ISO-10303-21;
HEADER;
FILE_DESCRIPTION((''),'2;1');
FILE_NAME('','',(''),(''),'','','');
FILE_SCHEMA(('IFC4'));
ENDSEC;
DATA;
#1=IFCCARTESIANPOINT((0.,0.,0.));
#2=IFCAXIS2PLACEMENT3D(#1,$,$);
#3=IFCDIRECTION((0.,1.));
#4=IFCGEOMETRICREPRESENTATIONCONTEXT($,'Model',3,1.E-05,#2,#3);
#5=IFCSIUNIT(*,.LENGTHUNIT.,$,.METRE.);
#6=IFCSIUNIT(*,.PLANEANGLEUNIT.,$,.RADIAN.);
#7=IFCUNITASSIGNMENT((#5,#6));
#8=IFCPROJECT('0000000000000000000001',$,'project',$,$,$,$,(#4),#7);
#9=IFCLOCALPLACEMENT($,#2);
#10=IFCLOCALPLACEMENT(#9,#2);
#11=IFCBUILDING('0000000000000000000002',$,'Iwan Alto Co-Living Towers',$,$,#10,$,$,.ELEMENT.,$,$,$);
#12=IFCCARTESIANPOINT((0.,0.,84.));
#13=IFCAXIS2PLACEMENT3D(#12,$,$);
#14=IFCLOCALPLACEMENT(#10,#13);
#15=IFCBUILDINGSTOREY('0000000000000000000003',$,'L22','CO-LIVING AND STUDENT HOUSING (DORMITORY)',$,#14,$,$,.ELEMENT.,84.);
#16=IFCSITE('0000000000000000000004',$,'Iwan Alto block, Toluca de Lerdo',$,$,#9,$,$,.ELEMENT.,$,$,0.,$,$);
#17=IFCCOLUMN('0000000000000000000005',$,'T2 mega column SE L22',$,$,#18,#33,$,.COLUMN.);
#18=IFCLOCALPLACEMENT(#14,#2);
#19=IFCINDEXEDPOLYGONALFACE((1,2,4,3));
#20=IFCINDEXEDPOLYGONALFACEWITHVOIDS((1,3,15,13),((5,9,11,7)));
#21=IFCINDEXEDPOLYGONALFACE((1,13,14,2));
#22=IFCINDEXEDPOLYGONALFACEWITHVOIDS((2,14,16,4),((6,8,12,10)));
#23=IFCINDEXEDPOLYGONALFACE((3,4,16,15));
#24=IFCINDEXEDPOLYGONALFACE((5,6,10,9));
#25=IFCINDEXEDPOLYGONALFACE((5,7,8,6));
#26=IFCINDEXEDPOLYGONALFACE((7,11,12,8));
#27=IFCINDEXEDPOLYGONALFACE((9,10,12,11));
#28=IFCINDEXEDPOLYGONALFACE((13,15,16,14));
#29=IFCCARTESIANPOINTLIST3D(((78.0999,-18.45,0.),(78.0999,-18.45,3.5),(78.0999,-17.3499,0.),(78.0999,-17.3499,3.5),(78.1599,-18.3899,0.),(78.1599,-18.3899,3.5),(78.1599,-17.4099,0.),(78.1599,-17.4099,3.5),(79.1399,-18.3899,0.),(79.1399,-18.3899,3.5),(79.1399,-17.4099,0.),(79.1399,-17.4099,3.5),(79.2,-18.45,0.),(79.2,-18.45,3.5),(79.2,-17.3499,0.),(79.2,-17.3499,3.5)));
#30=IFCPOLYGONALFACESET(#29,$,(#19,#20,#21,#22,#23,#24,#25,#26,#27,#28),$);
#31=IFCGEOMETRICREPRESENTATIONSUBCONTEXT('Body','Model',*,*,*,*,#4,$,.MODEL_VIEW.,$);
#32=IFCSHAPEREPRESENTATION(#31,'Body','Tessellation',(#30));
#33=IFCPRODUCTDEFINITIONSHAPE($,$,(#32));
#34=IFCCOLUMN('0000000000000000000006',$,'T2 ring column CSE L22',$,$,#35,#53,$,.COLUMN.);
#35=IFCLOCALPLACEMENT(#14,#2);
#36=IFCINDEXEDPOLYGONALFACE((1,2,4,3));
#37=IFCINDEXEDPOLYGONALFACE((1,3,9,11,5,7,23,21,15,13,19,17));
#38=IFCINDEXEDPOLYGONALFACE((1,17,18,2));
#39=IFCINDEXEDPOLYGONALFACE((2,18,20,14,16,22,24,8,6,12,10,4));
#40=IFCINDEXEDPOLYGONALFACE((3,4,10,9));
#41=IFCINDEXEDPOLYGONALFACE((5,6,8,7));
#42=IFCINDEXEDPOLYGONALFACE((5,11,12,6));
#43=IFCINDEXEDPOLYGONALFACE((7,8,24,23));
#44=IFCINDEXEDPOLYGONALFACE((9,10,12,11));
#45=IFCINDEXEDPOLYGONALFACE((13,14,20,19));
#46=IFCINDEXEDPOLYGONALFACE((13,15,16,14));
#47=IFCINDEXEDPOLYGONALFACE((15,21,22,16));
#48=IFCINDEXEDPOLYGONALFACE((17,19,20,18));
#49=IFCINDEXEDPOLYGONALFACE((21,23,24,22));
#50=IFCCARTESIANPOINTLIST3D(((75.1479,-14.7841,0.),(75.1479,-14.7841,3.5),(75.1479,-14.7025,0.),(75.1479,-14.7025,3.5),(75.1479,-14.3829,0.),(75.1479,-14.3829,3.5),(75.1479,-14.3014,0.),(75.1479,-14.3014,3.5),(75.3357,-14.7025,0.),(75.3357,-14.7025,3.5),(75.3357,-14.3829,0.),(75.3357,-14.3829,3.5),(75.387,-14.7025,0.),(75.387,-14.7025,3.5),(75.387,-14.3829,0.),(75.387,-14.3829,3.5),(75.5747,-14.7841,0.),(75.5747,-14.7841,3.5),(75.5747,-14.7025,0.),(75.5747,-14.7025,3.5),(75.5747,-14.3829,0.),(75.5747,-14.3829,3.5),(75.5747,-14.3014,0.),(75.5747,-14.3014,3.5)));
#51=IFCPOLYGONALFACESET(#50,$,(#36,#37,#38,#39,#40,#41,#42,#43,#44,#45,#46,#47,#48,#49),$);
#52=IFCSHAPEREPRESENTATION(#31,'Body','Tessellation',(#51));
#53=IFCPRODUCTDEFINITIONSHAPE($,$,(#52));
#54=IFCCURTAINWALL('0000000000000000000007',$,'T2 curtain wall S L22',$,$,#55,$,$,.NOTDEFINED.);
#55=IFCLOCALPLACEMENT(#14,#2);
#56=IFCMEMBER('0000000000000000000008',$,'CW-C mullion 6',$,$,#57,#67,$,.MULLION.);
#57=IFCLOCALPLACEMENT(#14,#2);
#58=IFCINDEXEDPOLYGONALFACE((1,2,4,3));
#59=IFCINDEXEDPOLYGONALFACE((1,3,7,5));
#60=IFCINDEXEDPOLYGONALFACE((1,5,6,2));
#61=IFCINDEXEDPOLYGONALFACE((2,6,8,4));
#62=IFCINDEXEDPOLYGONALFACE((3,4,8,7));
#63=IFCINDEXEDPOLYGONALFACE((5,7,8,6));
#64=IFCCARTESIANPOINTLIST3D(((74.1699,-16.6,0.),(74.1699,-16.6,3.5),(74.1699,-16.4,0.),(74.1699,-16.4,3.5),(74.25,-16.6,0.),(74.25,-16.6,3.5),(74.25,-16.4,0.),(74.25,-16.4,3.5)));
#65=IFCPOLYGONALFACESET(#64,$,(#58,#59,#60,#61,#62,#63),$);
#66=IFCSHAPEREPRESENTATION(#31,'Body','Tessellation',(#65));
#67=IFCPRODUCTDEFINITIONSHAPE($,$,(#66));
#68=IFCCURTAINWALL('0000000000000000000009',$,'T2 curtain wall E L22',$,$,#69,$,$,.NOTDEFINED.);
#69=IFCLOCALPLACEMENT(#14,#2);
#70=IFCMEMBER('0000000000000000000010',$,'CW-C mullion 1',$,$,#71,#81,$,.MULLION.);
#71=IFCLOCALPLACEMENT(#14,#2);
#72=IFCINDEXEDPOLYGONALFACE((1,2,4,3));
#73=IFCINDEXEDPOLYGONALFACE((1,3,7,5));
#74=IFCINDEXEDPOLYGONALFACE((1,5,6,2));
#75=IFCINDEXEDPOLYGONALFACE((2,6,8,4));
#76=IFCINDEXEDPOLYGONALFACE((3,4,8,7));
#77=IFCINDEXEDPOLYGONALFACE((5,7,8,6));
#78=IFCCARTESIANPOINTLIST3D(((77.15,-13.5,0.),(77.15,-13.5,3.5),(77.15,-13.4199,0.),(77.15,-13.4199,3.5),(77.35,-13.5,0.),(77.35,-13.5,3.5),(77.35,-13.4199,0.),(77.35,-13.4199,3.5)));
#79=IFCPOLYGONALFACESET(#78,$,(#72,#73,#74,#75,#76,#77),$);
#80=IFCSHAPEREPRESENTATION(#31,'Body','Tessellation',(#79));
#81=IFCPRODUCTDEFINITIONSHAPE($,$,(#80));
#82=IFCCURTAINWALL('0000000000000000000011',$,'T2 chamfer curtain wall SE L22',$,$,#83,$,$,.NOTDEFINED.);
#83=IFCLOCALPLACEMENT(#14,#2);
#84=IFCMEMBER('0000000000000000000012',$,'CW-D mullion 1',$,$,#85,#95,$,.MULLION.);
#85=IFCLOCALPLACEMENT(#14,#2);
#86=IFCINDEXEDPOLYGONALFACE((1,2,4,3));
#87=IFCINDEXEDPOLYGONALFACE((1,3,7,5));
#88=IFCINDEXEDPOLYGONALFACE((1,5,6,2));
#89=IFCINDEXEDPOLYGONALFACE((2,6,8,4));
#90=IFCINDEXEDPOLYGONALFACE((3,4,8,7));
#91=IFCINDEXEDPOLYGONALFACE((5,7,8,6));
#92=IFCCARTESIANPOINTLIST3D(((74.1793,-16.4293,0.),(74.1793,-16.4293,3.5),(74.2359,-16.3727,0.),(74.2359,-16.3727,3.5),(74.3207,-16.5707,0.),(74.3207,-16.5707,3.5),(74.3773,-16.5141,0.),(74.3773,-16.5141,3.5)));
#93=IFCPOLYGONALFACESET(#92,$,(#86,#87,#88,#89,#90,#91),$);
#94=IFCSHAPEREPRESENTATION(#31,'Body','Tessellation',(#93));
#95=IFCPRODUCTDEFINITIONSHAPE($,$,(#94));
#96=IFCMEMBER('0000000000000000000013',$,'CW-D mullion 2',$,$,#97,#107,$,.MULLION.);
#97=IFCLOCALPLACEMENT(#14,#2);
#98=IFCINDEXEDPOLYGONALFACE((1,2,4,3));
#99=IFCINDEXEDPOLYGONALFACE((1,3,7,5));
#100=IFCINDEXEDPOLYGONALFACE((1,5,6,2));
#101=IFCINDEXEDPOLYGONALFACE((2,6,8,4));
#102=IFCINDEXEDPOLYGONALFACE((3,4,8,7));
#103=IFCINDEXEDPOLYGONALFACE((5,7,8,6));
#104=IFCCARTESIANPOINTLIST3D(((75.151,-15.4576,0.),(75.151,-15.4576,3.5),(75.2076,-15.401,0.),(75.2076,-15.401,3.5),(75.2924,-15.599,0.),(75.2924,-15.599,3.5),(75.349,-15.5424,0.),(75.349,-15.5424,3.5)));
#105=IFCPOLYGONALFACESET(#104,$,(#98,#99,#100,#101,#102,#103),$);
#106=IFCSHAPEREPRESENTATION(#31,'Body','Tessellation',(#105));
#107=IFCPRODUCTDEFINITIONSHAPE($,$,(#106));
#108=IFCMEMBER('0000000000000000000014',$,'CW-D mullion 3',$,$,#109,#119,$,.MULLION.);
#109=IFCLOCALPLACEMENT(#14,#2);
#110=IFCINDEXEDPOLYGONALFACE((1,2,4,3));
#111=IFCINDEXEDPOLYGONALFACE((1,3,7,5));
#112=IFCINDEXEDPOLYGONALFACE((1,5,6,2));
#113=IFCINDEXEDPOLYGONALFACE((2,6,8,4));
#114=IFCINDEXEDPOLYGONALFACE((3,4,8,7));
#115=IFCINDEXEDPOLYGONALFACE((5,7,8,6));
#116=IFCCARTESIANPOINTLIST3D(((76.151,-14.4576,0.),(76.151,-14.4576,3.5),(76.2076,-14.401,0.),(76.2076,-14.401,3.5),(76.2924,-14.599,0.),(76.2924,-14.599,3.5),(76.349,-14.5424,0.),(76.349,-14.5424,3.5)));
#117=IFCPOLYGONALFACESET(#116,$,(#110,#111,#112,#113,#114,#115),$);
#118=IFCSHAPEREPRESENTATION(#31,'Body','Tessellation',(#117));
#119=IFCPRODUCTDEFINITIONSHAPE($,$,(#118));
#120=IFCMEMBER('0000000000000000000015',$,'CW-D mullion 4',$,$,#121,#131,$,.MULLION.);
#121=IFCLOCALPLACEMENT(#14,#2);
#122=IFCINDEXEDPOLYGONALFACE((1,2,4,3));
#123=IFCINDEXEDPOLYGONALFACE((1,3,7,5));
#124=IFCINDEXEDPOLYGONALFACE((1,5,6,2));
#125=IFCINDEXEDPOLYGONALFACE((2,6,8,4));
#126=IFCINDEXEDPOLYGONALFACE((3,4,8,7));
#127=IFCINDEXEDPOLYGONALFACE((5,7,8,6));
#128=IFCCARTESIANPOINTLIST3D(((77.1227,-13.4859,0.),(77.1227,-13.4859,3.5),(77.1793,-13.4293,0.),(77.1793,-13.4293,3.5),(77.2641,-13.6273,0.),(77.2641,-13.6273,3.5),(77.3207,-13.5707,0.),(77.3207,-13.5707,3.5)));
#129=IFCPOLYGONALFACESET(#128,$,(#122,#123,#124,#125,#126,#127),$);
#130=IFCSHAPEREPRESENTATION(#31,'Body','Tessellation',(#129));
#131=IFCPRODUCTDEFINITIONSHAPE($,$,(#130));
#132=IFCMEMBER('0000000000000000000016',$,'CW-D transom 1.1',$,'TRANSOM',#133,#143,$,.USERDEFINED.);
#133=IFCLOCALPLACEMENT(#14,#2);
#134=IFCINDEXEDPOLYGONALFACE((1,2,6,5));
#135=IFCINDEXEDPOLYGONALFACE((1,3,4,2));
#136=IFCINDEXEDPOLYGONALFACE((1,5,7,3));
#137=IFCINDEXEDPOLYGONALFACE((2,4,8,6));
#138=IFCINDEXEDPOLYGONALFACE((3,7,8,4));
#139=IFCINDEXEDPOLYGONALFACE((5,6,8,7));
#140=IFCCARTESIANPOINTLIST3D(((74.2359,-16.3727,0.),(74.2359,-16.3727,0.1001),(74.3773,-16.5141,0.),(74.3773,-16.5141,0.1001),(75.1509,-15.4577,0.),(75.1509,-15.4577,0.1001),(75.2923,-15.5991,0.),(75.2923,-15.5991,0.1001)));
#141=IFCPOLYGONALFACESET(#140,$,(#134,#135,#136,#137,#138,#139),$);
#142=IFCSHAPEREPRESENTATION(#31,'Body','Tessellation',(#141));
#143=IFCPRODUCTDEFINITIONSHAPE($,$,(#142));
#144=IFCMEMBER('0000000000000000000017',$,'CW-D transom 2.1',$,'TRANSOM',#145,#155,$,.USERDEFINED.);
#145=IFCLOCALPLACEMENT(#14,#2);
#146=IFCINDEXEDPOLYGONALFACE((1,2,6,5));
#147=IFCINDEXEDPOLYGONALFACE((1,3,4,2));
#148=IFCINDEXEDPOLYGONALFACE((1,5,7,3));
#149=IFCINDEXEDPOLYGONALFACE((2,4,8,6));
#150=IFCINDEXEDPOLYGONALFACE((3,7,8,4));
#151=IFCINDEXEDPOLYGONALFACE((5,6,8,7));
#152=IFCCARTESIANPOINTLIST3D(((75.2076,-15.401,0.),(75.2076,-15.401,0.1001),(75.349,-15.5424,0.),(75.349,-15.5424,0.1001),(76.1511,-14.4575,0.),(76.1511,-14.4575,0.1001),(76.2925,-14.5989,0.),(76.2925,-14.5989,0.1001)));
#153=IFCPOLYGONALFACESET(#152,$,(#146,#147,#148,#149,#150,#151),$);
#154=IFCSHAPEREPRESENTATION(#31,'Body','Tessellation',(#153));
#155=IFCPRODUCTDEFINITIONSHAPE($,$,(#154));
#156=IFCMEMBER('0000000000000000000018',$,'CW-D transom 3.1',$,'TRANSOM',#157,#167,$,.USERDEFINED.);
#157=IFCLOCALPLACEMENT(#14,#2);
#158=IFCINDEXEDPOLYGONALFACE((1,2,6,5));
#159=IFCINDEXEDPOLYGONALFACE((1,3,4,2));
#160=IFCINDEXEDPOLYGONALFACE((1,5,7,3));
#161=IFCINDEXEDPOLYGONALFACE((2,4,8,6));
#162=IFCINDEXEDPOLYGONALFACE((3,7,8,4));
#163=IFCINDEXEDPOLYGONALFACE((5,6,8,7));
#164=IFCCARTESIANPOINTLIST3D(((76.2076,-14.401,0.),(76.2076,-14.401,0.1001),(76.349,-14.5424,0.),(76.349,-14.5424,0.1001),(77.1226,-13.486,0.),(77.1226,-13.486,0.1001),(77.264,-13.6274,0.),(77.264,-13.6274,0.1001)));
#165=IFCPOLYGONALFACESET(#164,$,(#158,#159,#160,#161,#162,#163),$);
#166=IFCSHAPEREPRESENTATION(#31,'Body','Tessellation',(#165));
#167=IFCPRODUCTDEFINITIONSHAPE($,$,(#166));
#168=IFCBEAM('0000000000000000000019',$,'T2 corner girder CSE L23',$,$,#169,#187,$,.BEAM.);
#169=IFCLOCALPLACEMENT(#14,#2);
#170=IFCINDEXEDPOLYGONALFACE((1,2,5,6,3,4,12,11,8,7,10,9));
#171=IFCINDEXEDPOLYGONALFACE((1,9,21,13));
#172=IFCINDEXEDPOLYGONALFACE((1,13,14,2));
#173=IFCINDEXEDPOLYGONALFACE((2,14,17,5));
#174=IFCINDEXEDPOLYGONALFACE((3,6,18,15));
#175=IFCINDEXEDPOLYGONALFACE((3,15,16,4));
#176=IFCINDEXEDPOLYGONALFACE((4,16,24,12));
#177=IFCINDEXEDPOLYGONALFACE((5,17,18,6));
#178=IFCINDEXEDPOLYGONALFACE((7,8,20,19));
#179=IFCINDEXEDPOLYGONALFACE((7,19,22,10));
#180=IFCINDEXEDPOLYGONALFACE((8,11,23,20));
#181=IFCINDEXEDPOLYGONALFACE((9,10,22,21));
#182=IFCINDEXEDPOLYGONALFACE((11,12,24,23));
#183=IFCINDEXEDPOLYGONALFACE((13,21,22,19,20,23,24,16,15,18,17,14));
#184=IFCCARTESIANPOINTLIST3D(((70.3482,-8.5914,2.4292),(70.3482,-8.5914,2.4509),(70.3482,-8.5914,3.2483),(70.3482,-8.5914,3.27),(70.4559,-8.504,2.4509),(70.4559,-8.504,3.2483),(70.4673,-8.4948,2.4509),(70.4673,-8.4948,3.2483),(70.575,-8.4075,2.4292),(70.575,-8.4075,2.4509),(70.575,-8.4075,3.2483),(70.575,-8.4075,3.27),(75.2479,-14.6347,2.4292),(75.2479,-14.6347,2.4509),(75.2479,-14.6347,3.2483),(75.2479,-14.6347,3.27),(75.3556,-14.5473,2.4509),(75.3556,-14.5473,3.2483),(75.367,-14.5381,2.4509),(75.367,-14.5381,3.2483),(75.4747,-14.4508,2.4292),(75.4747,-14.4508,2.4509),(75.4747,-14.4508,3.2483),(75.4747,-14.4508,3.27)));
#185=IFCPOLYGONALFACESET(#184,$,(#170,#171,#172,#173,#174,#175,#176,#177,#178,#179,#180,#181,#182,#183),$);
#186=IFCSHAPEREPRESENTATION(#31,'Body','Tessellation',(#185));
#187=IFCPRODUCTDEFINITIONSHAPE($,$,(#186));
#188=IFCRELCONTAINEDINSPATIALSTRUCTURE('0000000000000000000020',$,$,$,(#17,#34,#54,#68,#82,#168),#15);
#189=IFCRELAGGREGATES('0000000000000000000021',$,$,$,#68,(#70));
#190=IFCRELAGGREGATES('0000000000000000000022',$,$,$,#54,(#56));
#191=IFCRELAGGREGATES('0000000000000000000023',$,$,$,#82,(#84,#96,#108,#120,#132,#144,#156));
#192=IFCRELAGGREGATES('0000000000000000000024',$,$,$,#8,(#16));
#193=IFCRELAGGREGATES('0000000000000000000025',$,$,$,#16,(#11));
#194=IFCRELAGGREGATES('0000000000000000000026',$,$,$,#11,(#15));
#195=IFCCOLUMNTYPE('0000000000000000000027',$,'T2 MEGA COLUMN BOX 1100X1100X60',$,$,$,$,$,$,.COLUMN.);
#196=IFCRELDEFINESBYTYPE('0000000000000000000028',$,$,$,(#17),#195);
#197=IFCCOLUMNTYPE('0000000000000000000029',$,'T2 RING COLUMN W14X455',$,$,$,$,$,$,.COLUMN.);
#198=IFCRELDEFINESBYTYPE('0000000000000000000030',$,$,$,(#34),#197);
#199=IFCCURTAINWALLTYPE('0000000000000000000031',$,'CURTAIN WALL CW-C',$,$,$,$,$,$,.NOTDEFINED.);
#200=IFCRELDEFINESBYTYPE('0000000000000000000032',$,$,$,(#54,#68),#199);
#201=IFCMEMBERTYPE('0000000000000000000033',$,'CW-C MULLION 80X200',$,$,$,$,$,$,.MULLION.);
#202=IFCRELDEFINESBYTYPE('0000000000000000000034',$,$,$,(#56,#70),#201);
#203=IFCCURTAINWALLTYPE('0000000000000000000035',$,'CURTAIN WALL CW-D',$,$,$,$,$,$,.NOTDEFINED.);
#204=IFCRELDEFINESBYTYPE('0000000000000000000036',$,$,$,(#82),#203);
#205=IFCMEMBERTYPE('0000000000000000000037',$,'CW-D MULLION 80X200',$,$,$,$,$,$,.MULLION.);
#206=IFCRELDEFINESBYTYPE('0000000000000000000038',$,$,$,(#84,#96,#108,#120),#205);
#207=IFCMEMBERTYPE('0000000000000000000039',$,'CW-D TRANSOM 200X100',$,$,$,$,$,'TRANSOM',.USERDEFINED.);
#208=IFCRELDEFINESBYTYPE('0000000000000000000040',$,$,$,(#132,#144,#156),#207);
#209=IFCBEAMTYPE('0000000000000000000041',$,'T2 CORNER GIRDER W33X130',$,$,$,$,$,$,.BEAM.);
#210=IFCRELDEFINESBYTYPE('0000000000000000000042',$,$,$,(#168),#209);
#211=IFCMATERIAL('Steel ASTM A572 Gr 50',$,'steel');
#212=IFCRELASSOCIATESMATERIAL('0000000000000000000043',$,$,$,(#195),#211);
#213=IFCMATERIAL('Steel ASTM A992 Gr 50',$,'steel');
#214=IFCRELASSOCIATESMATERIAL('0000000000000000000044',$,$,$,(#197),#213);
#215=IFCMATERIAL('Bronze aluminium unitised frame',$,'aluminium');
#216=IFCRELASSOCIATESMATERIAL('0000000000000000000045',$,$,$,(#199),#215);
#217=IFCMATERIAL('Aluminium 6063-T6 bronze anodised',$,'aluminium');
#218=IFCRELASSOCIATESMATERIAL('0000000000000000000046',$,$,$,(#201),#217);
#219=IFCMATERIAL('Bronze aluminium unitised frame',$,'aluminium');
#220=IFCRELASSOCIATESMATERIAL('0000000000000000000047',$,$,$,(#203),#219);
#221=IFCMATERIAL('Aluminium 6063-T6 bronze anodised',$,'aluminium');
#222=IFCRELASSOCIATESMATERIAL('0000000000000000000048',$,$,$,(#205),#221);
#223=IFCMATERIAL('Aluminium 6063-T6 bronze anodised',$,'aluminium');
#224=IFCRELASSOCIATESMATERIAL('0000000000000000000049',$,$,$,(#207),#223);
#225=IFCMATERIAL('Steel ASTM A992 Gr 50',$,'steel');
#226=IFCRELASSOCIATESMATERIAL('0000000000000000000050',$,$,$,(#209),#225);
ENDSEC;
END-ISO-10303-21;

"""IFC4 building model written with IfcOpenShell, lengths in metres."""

from ifc_helpers import new_model, si_unit, direction, frame, origin, origin_2d, place, context, subcontext, project, spatial, rectangle, hollow_rectangle, i_section, extrude, material, material_profile, profile_set, type_object, element, aggregate, save


model = new_model("IFC4")

# Units and contexts
model_context = context("Model", 3, precision=1e-05, world=origin(), true_north=direction((0.0, 1.0)))
body_context = subcontext(model_context, "Body", "Model", "MODEL_VIEW")
ifc_project = project(units=[si_unit("LENGTHUNIT", "METRE"), si_unit("PLANEANGLEUNIT", "RADIAN")], contexts=[model_context])

# Site, building, storey
site_placement = place(None, origin())
site = spatial("IfcSite", under=ifc_project, at=site_placement, Name="Iwan Alto block, Toluca de Lerdo", CompositionType="ELEMENT", RefElevation=0.0)
building_placement = place(site_placement, origin())
building = spatial("IfcBuilding", under=site, at=building_placement, Name="Iwan Alto Co-Living Towers", CompositionType="ELEMENT")
storey_placement = place(building_placement, frame((0.0, 0.0, 84.0)))
storey = spatial("IfcBuildingStorey", under=building, at=storey_placement, Name="L22", Description="CO-LIVING AND STUDENT HOUSING (DORMITORY)", CompositionType="ELEMENT", Elevation=84.0)

# Columns
ifc_material_1 = material(Name="Steel ASTM A572 Gr 50", Category="steel")
ifc_material_profile_1 = material_profile(ifc_material_1, hollow_rectangle(XDim=1.1001, YDim=1.1001, WallThickness=0.0601, at=origin_2d()), Name="BOX 1100X1100X60")
ifc_profile_set_1 = profile_set([ifc_material_profile_1], Name="Steel ASTM A572 Gr 50")
column_type_1 = type_object("IfcColumnType", Name="T2 MEGA COLUMN BOX 1100X1100X60", PredefinedType="COLUMN", material=ifc_profile_set_1)
column_1_placement = place(storey_placement, frame((78.6499, -17.8999, 0.0), z_axis=(0.0, 0.0, 1.0), x_axis=(1.0, 0.0, 0.0)))
element("IfcColumn", 1, at=column_1_placement, inside=storey, type_object=column_type_1, Name="T2 mega column SE L22", PredefinedType="COLUMN", context=body_context, shape_type="SweptSolid", body=[
    extrude(hollow_rectangle(XDim=1.1001, YDim=1.1001, WallThickness=0.0601, at=origin_2d()), origin(), (0.0, 0.0, 1.0), 3.5),
])
ifc_material_2 = material(Name="Steel ASTM A992 Gr 50", Category="steel")
ifc_material_profile_2 = material_profile(ifc_material_2, i_section(OverallWidth=0.4268, OverallDepth=0.4827, WebThickness=0.0513, FlangeThickness=0.0815, at=origin_2d()), Name="W14X455")
ifc_profile_set_2 = profile_set([ifc_material_profile_2], Name="Steel ASTM A992 Gr 50")
column_type_2 = type_object("IfcColumnType", Name="T2 RING COLUMN W14X455", PredefinedType="COLUMN", material=ifc_profile_set_2)
column_2_placement = place(storey_placement, frame((75.3613, -14.5427, 0.0), z_axis=(0.0, 0.0, 1.0), x_axis=(1.0, 0.0, 0.0)))
element("IfcColumn", 2, at=column_2_placement, inside=storey, type_object=column_type_2, Name="T2 ring column CSE L22", PredefinedType="COLUMN", context=body_context, shape_type="SweptSolid", body=[
    extrude(i_section(OverallWidth=0.4268, OverallDepth=0.4827, WebThickness=0.0513, FlangeThickness=0.0815, at=origin_2d()), origin(), (0.0, 0.0, 1.0), 3.5),
])

# Curtain walls, members
ifc_material_3 = material(Name="Bronze aluminium unitised frame", Category="aluminium")
curtain_wall_type_1 = type_object("IfcCurtainWallType", Name="CURTAIN WALL CW-C", PredefinedType="NOTDEFINED", material=ifc_material_3)
curtain_wall_1_placement = place(storey_placement, origin())
curtain_wall_1 = element("IfcCurtainWall", 3, at=curtain_wall_1_placement, inside=storey, type_object=curtain_wall_type_1, Name="T2 curtain wall S L22", PredefinedType="NOTDEFINED")
ifc_material_4 = material(Name="Aluminium 6063-T6 bronze anodised", Category="aluminium")
ifc_material_profile_3 = material_profile(ifc_material_4, rectangle(XDim=0.2, YDim=0.0801, at=origin_2d()), Name="AL 80X200")
ifc_profile_set_3 = profile_set([ifc_material_profile_3], Name="Aluminium 6063-T6 bronze anodised")
member_type_1 = type_object("IfcMemberType", Name="CW-C MULLION 80X200", PredefinedType="MULLION", material=ifc_profile_set_3)
member_1_placement = place(storey_placement, frame((74.21, -16.5, 0.0), z_axis=(0.0, 0.0, 1.0), x_axis=(0.0, 1.0, 0.0)))
member_1 = element("IfcMember", 4, at=member_1_placement, type_object=member_type_1, Name="CW-C mullion 6", PredefinedType="MULLION", context=body_context, shape_type="SweptSolid", body=[
    extrude(rectangle(XDim=0.2, YDim=0.0801, at=origin_2d()), origin(), (0.0, 0.0, 1.0), 3.5),
])
curtain_wall_2_placement = place(storey_placement, origin())
curtain_wall_2 = element("IfcCurtainWall", 5, at=curtain_wall_2_placement, inside=storey, type_object=curtain_wall_type_1, Name="T2 curtain wall E L22", PredefinedType="NOTDEFINED")
member_2_placement = place(storey_placement, frame((77.25, -13.46, 0.0), z_axis=(0.0, 0.0, 1.0), x_axis=(-1.0, 0.0, 0.0)))
member_2 = element("IfcMember", 6, at=member_2_placement, type_object=member_type_1, Name="CW-C mullion 1", PredefinedType="MULLION", context=body_context, shape_type="SweptSolid", body=[
    extrude(rectangle(XDim=0.2, YDim=0.0801, at=origin_2d()), origin(), (0.0, 0.0, 1.0), 3.5),
])
aggregate(curtain_wall_2, [member_2])

# Curtain wall, members
ifc_material_5 = material(Name="Bronze aluminium unitised frame", Category="aluminium")
curtain_wall_type_2 = type_object("IfcCurtainWallType", Name="CURTAIN WALL CW-D", PredefinedType="NOTDEFINED", material=ifc_material_5)
curtain_wall_3_placement = place(storey_placement, origin())
curtain_wall_3 = element("IfcCurtainWall", 7, at=curtain_wall_3_placement, inside=storey, type_object=curtain_wall_type_2, Name="T2 chamfer curtain wall SE L22", PredefinedType="NOTDEFINED")
ifc_material_6 = material(Name="Aluminium 6063-T6 bronze anodised", Category="aluminium")
ifc_material_profile_4 = material_profile(ifc_material_6, rectangle(XDim=0.2, YDim=0.0801, at=origin_2d()), Name="AL 80X200")
ifc_profile_set_4 = profile_set([ifc_material_profile_4], Name="Aluminium 6063-T6 bronze anodised")
member_type_2 = type_object("IfcMemberType", Name="CW-D MULLION 80X200", PredefinedType="MULLION", material=ifc_profile_set_4)
member_3_placement = place(storey_placement, frame((74.2783, -16.4717, 0.0), z_axis=(0.0, 0.0, 1.0), x_axis=(-0.707107, 0.707107, 0.0)))
member_3 = element("IfcMember", 8, at=member_3_placement, type_object=member_type_2, Name="CW-D mullion 1", PredefinedType="MULLION", context=body_context, shape_type="SweptSolid", body=[
    extrude(rectangle(XDim=0.2, YDim=0.0801, at=origin_2d()), origin(), (0.0, 0.0, 1.0), 3.5),
])
member_4_placement = place(storey_placement, frame((75.25, -15.5, 0.0), z_axis=(0.0, 0.0, 1.0), x_axis=(-0.707107, 0.707107, 0.0)))
member_4 = element("IfcMember", 9, at=member_4_placement, type_object=member_type_2, Name="CW-D mullion 2", PredefinedType="MULLION", context=body_context, shape_type="SweptSolid", body=[
    extrude(rectangle(XDim=0.2, YDim=0.0801, at=origin_2d()), origin(), (0.0, 0.0, 1.0), 3.5),
])
member_5_placement = place(storey_placement, frame((76.25, -14.5, 0.0), z_axis=(0.0, 0.0, 1.0), x_axis=(-0.707107, 0.707107, 0.0)))
member_5 = element("IfcMember", 10, at=member_5_placement, type_object=member_type_2, Name="CW-D mullion 3", PredefinedType="MULLION", context=body_context, shape_type="SweptSolid", body=[
    extrude(rectangle(XDim=0.2, YDim=0.0801, at=origin_2d()), origin(), (0.0, 0.0, 1.0), 3.5),
])
member_6_placement = place(storey_placement, frame((77.2217, -13.5283, 0.0), z_axis=(0.0, 0.0, 1.0), x_axis=(-0.707107, 0.707107, 0.0)))
member_6 = element("IfcMember", 11, at=member_6_placement, type_object=member_type_2, Name="CW-D mullion 4", PredefinedType="MULLION", context=body_context, shape_type="SweptSolid", body=[
    extrude(rectangle(XDim=0.2, YDim=0.0801, at=origin_2d()), origin(), (0.0, 0.0, 1.0), 3.5),
])
ifc_material_7 = material(Name="Aluminium 6063-T6 bronze anodised", Category="aluminium")
ifc_material_profile_5 = material_profile(ifc_material_7, rectangle(XDim=0.2, YDim=0.1001, at=origin_2d()), Name="AL 200X100")
ifc_profile_set_5 = profile_set([ifc_material_profile_5], Name="Aluminium 6063-T6 bronze anodised")
member_type_3 = type_object("IfcMemberType", Name="CW-D TRANSOM 200X100", ElementType="TRANSOM", PredefinedType="USERDEFINED", material=ifc_profile_set_5)
member_7_placement = place(storey_placement, frame((74.3066, -16.4434, 0.05), z_axis=(0.707107, 0.707107, 0.0), x_axis=(-0.707107, 0.707107, 0.0)))
member_7 = element("IfcMember", 12, at=member_7_placement, type_object=member_type_3, Name="CW-D transom 1.1", ObjectType="TRANSOM", PredefinedType="USERDEFINED", context=body_context, shape_type="SweptSolid", body=[
    extrude(rectangle(XDim=0.2, YDim=0.1001, at=origin_2d()), origin(), (0.0, 0.0, 1.0), 1.2939),
])
member_8_placement = place(storey_placement, frame((75.2783, -15.4717, 0.05), z_axis=(0.707107, 0.707107, 0.0), x_axis=(-0.707107, 0.707107, 0.0)))
member_8 = element("IfcMember", 13, at=member_8_placement, type_object=member_type_3, Name="CW-D transom 2.1", ObjectType="TRANSOM", PredefinedType="USERDEFINED", context=body_context, shape_type="SweptSolid", body=[
    extrude(rectangle(XDim=0.2, YDim=0.1001, at=origin_2d()), origin(), (0.0, 0.0, 1.0), 1.3342),
])
member_9_placement = place(storey_placement, frame((76.2783, -14.4717, 0.05), z_axis=(0.707107, 0.707107, 0.0), x_axis=(-0.707107, 0.707107, 0.0)))
member_9 = element("IfcMember", 14, at=member_9_placement, type_object=member_type_3, Name="CW-D transom 3.1", ObjectType="TRANSOM", PredefinedType="USERDEFINED", context=body_context, shape_type="SweptSolid", body=[
    extrude(rectangle(XDim=0.2, YDim=0.1001, at=origin_2d()), origin(), (0.0, 0.0, 1.0), 1.2939),
])

# Beam
ifc_material_8 = material(Name="Steel ASTM A992 Gr 50", Category="steel")
ifc_material_profile_6 = material_profile(ifc_material_8, i_section(OverallWidth=0.292, OverallDepth=0.8408, WebThickness=0.0146, FlangeThickness=0.0217, at=origin_2d()), Name="W33X130")
ifc_profile_set_6 = profile_set([ifc_material_profile_6], Name="Steel ASTM A992 Gr 50")
beam_type_1 = type_object("IfcBeamType", Name="T2 CORNER GIRDER W33X130", PredefinedType="BEAM", material=ifc_profile_set_6)
beam_1_placement = place(storey_placement, frame((75.3613, -14.5427, 2.8496), z_axis=(-0.629783, 0.776771, 0.0), x_axis=(-0.776771, -0.629783, 0.0)))
element("IfcBeam", 15, at=beam_1_placement, inside=storey, type_object=beam_type_1, Name="T2 corner girder CSE L23", PredefinedType="BEAM", context=body_context, shape_type="SweptSolid", body=[
    extrude(i_section(OverallWidth=0.292, OverallDepth=0.8408, WebThickness=0.0146, FlangeThickness=0.0217, at=origin_2d()), origin(), (0.0, 0.0, 1.0), 7.78),
])

aggregate(curtain_wall_1, [member_1])
aggregate(curtain_wall_3, [member_3, member_4, member_5, member_6, member_7, member_8, member_9])

save(model, "model.ifc")
